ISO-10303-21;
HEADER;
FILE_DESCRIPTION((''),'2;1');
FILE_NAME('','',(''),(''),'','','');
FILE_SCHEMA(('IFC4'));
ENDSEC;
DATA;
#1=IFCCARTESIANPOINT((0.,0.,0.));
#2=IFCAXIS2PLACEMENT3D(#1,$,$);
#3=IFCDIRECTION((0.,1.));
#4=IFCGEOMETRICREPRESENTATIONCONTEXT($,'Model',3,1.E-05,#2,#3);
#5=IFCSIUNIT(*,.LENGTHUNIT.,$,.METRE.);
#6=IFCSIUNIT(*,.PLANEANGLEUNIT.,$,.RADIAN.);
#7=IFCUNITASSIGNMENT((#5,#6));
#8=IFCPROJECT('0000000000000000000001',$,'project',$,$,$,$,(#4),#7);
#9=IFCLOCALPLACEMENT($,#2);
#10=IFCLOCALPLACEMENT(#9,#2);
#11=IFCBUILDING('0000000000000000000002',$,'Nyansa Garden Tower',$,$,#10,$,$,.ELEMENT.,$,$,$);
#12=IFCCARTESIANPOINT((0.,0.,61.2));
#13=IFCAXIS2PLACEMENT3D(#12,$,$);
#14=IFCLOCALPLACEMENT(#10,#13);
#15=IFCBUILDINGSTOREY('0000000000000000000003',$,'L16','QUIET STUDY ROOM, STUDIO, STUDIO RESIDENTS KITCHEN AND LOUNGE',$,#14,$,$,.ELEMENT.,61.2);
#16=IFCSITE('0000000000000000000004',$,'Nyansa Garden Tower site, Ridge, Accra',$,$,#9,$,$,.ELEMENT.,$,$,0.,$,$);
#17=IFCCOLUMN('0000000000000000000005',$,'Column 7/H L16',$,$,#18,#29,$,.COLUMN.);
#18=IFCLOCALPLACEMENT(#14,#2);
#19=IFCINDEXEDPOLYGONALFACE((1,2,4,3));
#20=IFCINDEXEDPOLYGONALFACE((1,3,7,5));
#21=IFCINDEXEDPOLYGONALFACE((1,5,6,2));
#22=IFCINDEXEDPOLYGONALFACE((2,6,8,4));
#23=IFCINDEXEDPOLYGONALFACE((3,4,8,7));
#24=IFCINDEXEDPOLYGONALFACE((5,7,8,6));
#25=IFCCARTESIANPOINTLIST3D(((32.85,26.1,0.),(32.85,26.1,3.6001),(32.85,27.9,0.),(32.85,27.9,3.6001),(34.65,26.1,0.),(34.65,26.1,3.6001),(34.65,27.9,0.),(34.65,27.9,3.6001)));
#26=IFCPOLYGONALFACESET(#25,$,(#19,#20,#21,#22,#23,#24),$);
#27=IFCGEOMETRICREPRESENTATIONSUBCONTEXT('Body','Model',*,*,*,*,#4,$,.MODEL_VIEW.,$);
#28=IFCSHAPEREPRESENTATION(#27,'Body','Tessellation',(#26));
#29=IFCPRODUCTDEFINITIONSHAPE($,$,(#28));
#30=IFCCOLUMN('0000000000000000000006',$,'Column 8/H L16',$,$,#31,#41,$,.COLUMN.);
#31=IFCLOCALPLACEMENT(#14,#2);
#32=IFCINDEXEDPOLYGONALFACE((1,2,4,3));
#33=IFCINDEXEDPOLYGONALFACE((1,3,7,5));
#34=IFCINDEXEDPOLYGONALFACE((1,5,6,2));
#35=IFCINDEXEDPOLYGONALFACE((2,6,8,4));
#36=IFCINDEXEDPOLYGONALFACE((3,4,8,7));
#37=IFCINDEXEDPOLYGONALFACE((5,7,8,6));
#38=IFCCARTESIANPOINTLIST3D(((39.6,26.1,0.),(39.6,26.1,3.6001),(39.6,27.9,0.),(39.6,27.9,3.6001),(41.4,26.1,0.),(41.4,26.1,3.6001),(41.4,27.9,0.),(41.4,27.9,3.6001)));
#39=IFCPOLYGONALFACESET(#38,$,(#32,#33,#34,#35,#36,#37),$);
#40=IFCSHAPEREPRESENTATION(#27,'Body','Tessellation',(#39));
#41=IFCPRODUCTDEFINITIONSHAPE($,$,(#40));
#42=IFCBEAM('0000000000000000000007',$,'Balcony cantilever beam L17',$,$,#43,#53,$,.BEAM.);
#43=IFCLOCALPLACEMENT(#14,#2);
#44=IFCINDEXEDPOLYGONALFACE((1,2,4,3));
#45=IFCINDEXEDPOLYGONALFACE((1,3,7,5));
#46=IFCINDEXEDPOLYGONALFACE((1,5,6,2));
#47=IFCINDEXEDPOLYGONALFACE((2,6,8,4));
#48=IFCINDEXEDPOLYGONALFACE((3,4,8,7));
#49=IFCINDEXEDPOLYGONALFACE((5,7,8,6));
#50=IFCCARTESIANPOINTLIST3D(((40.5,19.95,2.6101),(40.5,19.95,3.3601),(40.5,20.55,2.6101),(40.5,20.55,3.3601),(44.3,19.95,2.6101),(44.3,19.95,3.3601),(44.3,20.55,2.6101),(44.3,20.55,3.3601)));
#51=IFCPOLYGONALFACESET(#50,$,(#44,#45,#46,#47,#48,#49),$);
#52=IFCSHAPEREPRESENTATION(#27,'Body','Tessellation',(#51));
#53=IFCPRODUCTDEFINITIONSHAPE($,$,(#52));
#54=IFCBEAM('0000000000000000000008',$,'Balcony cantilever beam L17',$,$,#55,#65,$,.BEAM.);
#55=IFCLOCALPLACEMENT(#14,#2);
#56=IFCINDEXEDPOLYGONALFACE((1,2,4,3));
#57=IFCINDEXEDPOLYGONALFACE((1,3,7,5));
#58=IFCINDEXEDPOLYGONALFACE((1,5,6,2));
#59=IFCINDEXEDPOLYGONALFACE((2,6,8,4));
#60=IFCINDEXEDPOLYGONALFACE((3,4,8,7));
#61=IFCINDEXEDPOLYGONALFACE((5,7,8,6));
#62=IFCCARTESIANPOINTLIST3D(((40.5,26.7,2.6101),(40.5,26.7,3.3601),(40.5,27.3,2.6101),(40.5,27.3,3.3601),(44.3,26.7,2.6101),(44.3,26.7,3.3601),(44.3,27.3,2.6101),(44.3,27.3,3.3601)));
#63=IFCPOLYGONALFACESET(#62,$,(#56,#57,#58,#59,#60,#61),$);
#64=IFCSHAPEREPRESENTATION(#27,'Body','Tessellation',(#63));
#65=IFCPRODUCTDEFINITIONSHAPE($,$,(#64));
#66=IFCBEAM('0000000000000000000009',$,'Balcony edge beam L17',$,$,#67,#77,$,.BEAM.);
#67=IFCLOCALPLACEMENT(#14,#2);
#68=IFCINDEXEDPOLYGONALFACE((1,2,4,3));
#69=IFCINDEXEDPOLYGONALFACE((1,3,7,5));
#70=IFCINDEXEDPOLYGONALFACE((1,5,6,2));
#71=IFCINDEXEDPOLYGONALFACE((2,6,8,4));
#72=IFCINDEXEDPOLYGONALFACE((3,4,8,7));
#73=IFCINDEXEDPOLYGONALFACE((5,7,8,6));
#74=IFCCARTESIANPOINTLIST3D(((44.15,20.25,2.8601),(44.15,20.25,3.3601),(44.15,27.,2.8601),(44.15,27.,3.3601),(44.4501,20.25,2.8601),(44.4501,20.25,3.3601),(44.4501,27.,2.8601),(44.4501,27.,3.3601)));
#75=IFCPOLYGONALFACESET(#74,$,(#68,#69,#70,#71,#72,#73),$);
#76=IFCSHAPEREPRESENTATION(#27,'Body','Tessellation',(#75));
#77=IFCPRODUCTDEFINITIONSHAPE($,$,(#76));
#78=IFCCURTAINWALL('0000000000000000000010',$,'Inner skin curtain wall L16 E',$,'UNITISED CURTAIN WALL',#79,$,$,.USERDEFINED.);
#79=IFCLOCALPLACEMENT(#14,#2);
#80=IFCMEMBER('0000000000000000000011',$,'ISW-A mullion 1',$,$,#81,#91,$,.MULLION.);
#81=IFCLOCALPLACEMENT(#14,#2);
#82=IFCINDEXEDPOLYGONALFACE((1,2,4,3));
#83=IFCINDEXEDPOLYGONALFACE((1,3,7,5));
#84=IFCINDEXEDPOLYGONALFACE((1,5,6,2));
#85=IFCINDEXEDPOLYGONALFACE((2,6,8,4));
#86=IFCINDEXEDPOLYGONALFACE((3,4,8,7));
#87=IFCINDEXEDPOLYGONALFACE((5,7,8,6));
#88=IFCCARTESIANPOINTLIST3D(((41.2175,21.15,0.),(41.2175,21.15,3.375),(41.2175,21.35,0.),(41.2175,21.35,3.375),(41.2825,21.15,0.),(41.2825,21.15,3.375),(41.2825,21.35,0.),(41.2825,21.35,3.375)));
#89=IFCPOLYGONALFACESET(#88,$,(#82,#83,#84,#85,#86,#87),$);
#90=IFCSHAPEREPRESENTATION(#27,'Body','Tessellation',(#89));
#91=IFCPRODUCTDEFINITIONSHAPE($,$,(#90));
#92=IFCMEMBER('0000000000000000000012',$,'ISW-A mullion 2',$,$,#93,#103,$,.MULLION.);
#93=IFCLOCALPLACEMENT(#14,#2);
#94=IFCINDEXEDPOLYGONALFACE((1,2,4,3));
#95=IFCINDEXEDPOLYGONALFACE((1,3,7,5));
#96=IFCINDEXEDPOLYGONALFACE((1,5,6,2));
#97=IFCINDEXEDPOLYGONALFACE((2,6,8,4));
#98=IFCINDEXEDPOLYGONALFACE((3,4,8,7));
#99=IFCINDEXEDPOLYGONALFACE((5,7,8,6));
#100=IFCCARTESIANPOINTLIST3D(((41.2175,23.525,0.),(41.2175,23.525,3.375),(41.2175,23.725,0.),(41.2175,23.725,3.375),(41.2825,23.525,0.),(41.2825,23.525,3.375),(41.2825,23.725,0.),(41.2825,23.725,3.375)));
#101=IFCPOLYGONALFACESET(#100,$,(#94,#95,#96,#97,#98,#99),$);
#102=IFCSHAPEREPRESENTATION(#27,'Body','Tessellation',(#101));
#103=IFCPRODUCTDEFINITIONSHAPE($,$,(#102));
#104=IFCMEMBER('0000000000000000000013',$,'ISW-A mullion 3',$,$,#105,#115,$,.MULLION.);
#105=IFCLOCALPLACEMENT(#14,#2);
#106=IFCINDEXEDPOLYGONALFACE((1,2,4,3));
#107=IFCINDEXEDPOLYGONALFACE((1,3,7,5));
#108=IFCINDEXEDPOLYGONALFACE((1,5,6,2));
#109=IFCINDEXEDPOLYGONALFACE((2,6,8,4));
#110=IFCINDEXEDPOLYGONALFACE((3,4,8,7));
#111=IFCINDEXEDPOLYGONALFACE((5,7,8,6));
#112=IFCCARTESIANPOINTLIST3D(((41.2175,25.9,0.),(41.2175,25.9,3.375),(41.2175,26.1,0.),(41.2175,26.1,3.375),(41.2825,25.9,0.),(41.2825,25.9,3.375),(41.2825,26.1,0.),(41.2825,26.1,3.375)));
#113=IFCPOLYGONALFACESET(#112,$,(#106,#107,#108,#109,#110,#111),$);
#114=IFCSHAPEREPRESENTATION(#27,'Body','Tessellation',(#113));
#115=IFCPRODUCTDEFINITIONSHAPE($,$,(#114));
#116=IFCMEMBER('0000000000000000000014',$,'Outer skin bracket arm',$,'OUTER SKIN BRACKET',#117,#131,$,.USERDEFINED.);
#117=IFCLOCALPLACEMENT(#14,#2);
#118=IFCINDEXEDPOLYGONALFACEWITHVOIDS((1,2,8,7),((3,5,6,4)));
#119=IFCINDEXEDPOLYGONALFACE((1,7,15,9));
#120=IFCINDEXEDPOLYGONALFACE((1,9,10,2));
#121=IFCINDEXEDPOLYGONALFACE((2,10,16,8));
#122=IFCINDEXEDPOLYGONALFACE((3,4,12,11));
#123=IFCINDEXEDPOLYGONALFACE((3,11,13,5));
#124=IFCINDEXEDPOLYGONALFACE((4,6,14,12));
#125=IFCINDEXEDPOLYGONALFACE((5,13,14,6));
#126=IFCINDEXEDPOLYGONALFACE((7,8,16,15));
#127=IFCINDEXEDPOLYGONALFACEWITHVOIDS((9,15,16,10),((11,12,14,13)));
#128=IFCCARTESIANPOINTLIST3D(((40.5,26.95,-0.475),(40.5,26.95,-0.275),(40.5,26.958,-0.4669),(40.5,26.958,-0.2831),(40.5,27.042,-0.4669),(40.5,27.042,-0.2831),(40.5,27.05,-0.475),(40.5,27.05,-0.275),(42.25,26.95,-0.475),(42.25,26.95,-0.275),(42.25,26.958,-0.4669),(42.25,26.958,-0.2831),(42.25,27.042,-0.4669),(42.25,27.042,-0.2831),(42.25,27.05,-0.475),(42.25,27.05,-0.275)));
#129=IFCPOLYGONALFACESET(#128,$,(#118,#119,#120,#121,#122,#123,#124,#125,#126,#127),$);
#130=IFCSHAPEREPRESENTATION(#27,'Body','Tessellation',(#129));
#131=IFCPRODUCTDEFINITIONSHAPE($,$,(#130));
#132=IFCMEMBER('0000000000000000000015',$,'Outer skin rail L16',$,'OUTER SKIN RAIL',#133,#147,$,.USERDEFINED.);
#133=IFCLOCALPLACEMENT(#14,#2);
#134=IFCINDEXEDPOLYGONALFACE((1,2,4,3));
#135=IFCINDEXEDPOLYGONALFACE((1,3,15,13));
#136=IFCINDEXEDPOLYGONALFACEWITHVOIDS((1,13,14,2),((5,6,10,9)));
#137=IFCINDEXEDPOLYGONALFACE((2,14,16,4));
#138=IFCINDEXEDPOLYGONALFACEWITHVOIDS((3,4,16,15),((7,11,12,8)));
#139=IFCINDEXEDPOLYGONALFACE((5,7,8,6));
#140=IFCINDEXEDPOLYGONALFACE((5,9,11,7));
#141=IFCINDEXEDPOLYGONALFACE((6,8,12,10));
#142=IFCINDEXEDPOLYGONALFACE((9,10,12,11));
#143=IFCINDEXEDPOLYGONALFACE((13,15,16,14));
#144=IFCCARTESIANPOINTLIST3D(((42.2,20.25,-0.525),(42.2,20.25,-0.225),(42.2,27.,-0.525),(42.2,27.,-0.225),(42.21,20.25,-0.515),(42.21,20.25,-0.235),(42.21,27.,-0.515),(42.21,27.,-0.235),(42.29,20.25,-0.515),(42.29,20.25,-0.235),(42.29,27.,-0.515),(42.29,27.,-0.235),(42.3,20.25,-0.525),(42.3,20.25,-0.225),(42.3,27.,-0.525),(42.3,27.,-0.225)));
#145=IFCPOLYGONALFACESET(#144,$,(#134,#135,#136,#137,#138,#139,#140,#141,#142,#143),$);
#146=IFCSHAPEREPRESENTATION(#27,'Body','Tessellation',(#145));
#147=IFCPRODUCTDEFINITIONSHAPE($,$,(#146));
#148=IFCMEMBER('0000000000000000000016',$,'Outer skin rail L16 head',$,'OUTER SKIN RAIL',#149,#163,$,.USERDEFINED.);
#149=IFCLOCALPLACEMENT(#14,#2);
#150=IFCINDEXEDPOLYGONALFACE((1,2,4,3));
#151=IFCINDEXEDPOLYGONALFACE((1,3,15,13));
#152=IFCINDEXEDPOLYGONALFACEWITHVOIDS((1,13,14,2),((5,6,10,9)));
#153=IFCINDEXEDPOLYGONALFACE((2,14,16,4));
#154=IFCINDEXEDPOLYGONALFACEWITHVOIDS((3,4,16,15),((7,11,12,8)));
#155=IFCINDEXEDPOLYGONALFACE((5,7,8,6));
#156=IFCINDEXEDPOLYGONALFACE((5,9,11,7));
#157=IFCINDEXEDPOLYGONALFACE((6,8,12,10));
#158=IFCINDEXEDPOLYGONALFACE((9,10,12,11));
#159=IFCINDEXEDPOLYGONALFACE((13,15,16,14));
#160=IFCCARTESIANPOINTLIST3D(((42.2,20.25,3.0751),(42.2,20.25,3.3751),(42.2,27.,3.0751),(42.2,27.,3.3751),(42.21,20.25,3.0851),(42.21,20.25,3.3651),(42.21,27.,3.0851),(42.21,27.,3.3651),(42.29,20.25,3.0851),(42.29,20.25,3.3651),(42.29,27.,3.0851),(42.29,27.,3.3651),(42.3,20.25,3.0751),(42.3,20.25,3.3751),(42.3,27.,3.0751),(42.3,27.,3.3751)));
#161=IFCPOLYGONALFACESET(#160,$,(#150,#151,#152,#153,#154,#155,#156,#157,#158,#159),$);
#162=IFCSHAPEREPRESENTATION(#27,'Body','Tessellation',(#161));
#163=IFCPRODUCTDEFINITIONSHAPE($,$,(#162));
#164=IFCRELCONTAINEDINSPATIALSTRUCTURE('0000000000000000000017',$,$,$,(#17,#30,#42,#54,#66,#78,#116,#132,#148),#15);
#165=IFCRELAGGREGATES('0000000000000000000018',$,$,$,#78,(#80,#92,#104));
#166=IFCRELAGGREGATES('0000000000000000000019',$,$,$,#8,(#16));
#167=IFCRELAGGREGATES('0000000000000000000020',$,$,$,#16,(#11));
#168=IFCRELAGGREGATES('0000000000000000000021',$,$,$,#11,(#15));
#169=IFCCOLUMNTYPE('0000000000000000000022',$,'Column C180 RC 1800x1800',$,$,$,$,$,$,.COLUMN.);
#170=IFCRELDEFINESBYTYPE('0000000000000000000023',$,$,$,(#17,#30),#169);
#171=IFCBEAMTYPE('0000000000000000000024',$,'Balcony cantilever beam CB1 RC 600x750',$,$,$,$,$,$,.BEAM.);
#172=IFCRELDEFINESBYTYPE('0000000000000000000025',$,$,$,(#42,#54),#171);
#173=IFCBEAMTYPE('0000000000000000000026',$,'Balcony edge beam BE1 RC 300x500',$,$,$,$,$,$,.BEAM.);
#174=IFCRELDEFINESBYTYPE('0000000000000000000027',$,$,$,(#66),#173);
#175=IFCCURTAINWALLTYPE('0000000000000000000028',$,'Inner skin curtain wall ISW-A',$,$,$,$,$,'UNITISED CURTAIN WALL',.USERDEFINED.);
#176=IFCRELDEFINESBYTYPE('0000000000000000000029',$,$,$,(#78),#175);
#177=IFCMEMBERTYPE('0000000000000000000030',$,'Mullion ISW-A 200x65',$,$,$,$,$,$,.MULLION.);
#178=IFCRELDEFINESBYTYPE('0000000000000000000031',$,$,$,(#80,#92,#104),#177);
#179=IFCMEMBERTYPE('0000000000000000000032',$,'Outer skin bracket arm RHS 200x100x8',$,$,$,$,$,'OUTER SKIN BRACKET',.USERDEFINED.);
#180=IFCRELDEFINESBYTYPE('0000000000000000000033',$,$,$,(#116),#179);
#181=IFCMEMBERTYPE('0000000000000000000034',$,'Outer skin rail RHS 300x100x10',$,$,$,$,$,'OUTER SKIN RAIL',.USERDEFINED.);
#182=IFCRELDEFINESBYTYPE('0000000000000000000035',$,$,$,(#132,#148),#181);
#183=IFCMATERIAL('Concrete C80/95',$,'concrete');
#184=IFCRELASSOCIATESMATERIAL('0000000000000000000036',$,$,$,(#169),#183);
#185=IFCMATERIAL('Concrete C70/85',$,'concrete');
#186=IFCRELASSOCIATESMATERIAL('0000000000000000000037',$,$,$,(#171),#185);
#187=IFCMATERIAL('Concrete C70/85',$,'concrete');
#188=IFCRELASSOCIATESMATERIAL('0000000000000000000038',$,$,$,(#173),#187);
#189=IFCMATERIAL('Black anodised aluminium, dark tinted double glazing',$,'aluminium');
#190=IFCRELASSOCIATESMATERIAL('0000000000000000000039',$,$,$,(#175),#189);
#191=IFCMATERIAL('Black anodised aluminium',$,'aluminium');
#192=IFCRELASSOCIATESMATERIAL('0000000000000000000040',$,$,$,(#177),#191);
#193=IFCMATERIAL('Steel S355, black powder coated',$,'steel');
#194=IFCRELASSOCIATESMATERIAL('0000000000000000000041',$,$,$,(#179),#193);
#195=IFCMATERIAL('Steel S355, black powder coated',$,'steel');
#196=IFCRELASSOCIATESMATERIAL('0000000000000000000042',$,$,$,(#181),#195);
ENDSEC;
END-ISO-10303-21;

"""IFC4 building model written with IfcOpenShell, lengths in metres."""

from ifc_helpers import new_model, si_unit, direction, frame, origin, origin_2d, place, context, subcontext, project, spatial, rectangle, hollow_rectangle, extrude, material, material_profile, profile_set, type_object, element, aggregate, save


model = new_model("IFC4")

# Units and contexts
model_context = context("Model", 3, precision=1e-05, world=origin(), true_north=direction((0.0, 1.0)))
body_context = subcontext(model_context, "Body", "Model", "MODEL_VIEW")
ifc_project = project(units=[si_unit("LENGTHUNIT", "METRE"), si_unit("PLANEANGLEUNIT", "RADIAN")], contexts=[model_context])

# Site, building, storey
site_placement = place(None, origin())
site = spatial("IfcSite", under=ifc_project, at=site_placement, Name="Nyansa Garden Tower site, Ridge, Accra", CompositionType="ELEMENT", RefElevation=0.0)
building_placement = place(site_placement, origin())
building = spatial("IfcBuilding", under=site, at=building_placement, Name="Nyansa Garden Tower", CompositionType="ELEMENT")
storey_placement = place(building_placement, frame((0.0, 0.0, 61.2)))
storey = spatial("IfcBuildingStorey", under=building, at=storey_placement, Name="L16", Description="QUIET STUDY ROOM, STUDIO, STUDIO RESIDENTS KITCHEN AND LOUNGE", CompositionType="ELEMENT", Elevation=61.2)

# Columns
ifc_material_1 = material(Name="Concrete C80/95", Category="concrete")
ifc_material_profile_1 = material_profile(ifc_material_1, rectangle(XDim=1.8, YDim=1.8, at=origin_2d()), Name="RC 1800x1800")
ifc_profile_set_1 = profile_set([ifc_material_profile_1], Name="Concrete C80/95")
column_type = type_object("IfcColumnType", Name="Column C180 RC 1800x1800", PredefinedType="COLUMN", material=ifc_profile_set_1)
for number, where, z_axis, x_axis, name in (
    (1, (33.75, 27.0, 0.0), (0.0, 0.0, 1.0), (1.0, 0.0, 0.0), "Column 7/H L16"),
    (2, (40.5, 27.0, 0.0), (0.0, 0.0, 1.0), (1.0, 0.0, 0.0), "Column 8/H L16"),
):
    element("IfcColumn", number, at=place(storey_placement, frame(where, z_axis=z_axis, x_axis=x_axis)), inside=storey, type_object=column_type, Name=name, PredefinedType="COLUMN", context=body_context, shape_type="SweptSolid", body=[
        extrude(rectangle(XDim=1.8, YDim=1.8, at=origin_2d()), origin(), (0.0, 0.0, 1.0), 3.6001),
    ])

# Beams
ifc_material_2 = material(Name="Concrete C70/85", Category="concrete")
ifc_material_profile_2 = material_profile(ifc_material_2, rectangle(XDim=0.6001, YDim=0.75, at=origin_2d()), Name="RC 600x750")
ifc_profile_set_2 = profile_set([ifc_material_profile_2], Name="Concrete C70/85")
beam_type_1 = type_object("IfcBeamType", Name="Balcony cantilever beam CB1 RC 600x750", PredefinedType="BEAM", material=ifc_profile_set_2)
for number, where, z_axis, x_axis, name in (
    (3, (40.5, 20.25, 2.9851), (1.0, 0.0, 0.0), (0.0, 1.0, 0.0), "Balcony cantilever beam L17"),
    (4, (40.5, 27.0, 2.9851), (1.0, 0.0, 0.0), (0.0, 1.0, 0.0), "Balcony cantilever beam L17"),
):
    element("IfcBeam", number, at=place(storey_placement, frame(where, z_axis=z_axis, x_axis=x_axis)), inside=storey, type_object=beam_type_1, Name=name, PredefinedType="BEAM", context=body_context, shape_type="SweptSolid", body=[
        extrude(rectangle(XDim=0.6001, YDim=0.75, at=origin_2d()), origin(), (0.0, 0.0, 1.0), 3.8),
    ])
ifc_material_3 = material(Name="Concrete C70/85", Category="concrete")
ifc_material_profile_3 = material_profile(ifc_material_3, rectangle(XDim=0.3, YDim=0.5, at=origin_2d()), Name="RC 300x500")
ifc_profile_set_3 = profile_set([ifc_material_profile_3], Name="Concrete C70/85")
beam_type_2 = type_object("IfcBeamType", Name="Balcony edge beam BE1 RC 300x500", PredefinedType="BEAM", material=ifc_profile_set_3)
beam_1_placement = place(storey_placement, frame((44.3, 20.25, 3.1101), z_axis=(0.0, 1.0, 0.0), x_axis=(-1.0, 0.0, 0.0)))
element("IfcBeam", 5, at=beam_1_placement, inside=storey, type_object=beam_type_2, Name="Balcony edge beam L17", PredefinedType="BEAM", context=body_context, shape_type="SweptSolid", body=[
    extrude(rectangle(XDim=0.3, YDim=0.5, at=origin_2d()), origin(), (0.0, 0.0, 1.0), 6.75),
])

# Curtain wall, members
ifc_material_4 = material(Name="Black anodised aluminium, dark tinted double glazing", Category="aluminium")
curtain_wall_type = type_object("IfcCurtainWallType", Name="Inner skin curtain wall ISW-A", ElementType="UNITISED CURTAIN WALL", PredefinedType="USERDEFINED", material=ifc_material_4)
curtain_wall_placement = place(storey_placement, origin())
curtain_wall = element("IfcCurtainWall", 6, at=curtain_wall_placement, inside=storey, type_object=curtain_wall_type, Name="Inner skin curtain wall L16 E", ObjectType="UNITISED CURTAIN WALL", PredefinedType="USERDEFINED")
ifc_material_5 = material(Name="Black anodised aluminium", Category="aluminium")
ifc_material_profile_4 = material_profile(ifc_material_5, rectangle(XDim=0.0649, YDim=0.2, at=origin_2d()), Name="Mullion 200x65")
ifc_profile_set_4 = profile_set([ifc_material_profile_4], Name="Black anodised aluminium")
member_type_1 = type_object("IfcMemberType", Name="Mullion ISW-A 200x65", PredefinedType="MULLION", material=ifc_profile_set_4)
member_1_placement = place(storey_placement, frame((41.25, 21.25, 0.0), z_axis=(0.0, 0.0, 1.0), x_axis=(-1.0, 0.0, 0.0)))
member_1 = element("IfcMember", 7, at=member_1_placement, type_object=member_type_1, Name="ISW-A mullion 1", PredefinedType="MULLION", context=body_context, shape_type="SweptSolid", body=[
    extrude(rectangle(XDim=0.0649, YDim=0.2, at=origin_2d()), origin(), (0.0, 0.0, 1.0), 3.375),
])
member_2_placement = place(storey_placement, frame((41.25, 23.625, 0.0), z_axis=(0.0, 0.0, 1.0), x_axis=(-1.0, 0.0, 0.0)))
member_2 = element("IfcMember", 8, at=member_2_placement, type_object=member_type_1, Name="ISW-A mullion 2", PredefinedType="MULLION", context=body_context, shape_type="SweptSolid", body=[
    extrude(rectangle(XDim=0.0649, YDim=0.2, at=origin_2d()), origin(), (0.0, 0.0, 1.0), 3.375),
])
member_3_placement = place(storey_placement, frame((41.25, 26.0, 0.0), z_axis=(0.0, 0.0, 1.0), x_axis=(-1.0, 0.0, 0.0)))
member_3 = element("IfcMember", 9, at=member_3_placement, type_object=member_type_1, Name="ISW-A mullion 3", PredefinedType="MULLION", context=body_context, shape_type="SweptSolid", body=[
    extrude(rectangle(XDim=0.0649, YDim=0.2, at=origin_2d()), origin(), (0.0, 0.0, 1.0), 3.375),
])

# Members
ifc_material_6 = material(Name="Steel S355, black powder coated", Category="steel")
ifc_material_profile_5 = material_profile(ifc_material_6, hollow_rectangle(XDim=0.1001, YDim=0.2, WallThickness=0.0081, at=origin_2d()), Name="RHS 200x100x8")
ifc_profile_set_5 = profile_set([ifc_material_profile_5], Name="Steel S355, black powder coated")
member_type_2 = type_object("IfcMemberType", Name="Outer skin bracket arm RHS 200x100x8", ElementType="OUTER SKIN BRACKET", PredefinedType="USERDEFINED", material=ifc_profile_set_5)
member_4_placement = place(storey_placement, frame((40.5, 27.0, -0.375), z_axis=(1.0, 0.0, 0.0), x_axis=(0.0, 1.0, 0.0)))
element("IfcMember", 10, at=member_4_placement, inside=storey, type_object=member_type_2, Name="Outer skin bracket arm", ObjectType="OUTER SKIN BRACKET", PredefinedType="USERDEFINED", context=body_context, shape_type="SweptSolid", body=[
    extrude(hollow_rectangle(XDim=0.1001, YDim=0.2, WallThickness=0.0081, at=origin_2d()), origin(), (0.0, 0.0, 1.0), 1.75),
])
ifc_material_7 = material(Name="Steel S355, black powder coated", Category="steel")
ifc_material_profile_6 = material_profile(ifc_material_7, hollow_rectangle(XDim=0.1001, YDim=0.3, WallThickness=0.01, at=origin_2d()), Name="RHS 300x100x10")
ifc_profile_set_6 = profile_set([ifc_material_profile_6], Name="Steel S355, black powder coated")
member_type_3 = type_object("IfcMemberType", Name="Outer skin rail RHS 300x100x10", ElementType="OUTER SKIN RAIL", PredefinedType="USERDEFINED", material=ifc_profile_set_6)
for number, where, z_axis, x_axis, name in (
    (11, (42.25, 20.25, -0.375), (0.0, 1.0, 0.0), (-1.0, 0.0, 0.0), "Outer skin rail L16"),
    (12, (42.25, 20.25, 3.2251), (0.0, 1.0, 0.0), (-1.0, 0.0, 0.0), "Outer skin rail L16 head"),
):
    element("IfcMember", number, at=place(storey_placement, frame(where, z_axis=z_axis, x_axis=x_axis)), inside=storey, type_object=member_type_3, Name=name, ObjectType="OUTER SKIN RAIL", PredefinedType="USERDEFINED", context=body_context, shape_type="SweptSolid", body=[
        extrude(hollow_rectangle(XDim=0.1001, YDim=0.3, WallThickness=0.01, at=origin_2d()), origin(), (0.0, 0.0, 1.0), 6.75),
    ])

aggregate(curtain_wall, [member_1, member_2, member_3])

save(model, "model.ifc")
